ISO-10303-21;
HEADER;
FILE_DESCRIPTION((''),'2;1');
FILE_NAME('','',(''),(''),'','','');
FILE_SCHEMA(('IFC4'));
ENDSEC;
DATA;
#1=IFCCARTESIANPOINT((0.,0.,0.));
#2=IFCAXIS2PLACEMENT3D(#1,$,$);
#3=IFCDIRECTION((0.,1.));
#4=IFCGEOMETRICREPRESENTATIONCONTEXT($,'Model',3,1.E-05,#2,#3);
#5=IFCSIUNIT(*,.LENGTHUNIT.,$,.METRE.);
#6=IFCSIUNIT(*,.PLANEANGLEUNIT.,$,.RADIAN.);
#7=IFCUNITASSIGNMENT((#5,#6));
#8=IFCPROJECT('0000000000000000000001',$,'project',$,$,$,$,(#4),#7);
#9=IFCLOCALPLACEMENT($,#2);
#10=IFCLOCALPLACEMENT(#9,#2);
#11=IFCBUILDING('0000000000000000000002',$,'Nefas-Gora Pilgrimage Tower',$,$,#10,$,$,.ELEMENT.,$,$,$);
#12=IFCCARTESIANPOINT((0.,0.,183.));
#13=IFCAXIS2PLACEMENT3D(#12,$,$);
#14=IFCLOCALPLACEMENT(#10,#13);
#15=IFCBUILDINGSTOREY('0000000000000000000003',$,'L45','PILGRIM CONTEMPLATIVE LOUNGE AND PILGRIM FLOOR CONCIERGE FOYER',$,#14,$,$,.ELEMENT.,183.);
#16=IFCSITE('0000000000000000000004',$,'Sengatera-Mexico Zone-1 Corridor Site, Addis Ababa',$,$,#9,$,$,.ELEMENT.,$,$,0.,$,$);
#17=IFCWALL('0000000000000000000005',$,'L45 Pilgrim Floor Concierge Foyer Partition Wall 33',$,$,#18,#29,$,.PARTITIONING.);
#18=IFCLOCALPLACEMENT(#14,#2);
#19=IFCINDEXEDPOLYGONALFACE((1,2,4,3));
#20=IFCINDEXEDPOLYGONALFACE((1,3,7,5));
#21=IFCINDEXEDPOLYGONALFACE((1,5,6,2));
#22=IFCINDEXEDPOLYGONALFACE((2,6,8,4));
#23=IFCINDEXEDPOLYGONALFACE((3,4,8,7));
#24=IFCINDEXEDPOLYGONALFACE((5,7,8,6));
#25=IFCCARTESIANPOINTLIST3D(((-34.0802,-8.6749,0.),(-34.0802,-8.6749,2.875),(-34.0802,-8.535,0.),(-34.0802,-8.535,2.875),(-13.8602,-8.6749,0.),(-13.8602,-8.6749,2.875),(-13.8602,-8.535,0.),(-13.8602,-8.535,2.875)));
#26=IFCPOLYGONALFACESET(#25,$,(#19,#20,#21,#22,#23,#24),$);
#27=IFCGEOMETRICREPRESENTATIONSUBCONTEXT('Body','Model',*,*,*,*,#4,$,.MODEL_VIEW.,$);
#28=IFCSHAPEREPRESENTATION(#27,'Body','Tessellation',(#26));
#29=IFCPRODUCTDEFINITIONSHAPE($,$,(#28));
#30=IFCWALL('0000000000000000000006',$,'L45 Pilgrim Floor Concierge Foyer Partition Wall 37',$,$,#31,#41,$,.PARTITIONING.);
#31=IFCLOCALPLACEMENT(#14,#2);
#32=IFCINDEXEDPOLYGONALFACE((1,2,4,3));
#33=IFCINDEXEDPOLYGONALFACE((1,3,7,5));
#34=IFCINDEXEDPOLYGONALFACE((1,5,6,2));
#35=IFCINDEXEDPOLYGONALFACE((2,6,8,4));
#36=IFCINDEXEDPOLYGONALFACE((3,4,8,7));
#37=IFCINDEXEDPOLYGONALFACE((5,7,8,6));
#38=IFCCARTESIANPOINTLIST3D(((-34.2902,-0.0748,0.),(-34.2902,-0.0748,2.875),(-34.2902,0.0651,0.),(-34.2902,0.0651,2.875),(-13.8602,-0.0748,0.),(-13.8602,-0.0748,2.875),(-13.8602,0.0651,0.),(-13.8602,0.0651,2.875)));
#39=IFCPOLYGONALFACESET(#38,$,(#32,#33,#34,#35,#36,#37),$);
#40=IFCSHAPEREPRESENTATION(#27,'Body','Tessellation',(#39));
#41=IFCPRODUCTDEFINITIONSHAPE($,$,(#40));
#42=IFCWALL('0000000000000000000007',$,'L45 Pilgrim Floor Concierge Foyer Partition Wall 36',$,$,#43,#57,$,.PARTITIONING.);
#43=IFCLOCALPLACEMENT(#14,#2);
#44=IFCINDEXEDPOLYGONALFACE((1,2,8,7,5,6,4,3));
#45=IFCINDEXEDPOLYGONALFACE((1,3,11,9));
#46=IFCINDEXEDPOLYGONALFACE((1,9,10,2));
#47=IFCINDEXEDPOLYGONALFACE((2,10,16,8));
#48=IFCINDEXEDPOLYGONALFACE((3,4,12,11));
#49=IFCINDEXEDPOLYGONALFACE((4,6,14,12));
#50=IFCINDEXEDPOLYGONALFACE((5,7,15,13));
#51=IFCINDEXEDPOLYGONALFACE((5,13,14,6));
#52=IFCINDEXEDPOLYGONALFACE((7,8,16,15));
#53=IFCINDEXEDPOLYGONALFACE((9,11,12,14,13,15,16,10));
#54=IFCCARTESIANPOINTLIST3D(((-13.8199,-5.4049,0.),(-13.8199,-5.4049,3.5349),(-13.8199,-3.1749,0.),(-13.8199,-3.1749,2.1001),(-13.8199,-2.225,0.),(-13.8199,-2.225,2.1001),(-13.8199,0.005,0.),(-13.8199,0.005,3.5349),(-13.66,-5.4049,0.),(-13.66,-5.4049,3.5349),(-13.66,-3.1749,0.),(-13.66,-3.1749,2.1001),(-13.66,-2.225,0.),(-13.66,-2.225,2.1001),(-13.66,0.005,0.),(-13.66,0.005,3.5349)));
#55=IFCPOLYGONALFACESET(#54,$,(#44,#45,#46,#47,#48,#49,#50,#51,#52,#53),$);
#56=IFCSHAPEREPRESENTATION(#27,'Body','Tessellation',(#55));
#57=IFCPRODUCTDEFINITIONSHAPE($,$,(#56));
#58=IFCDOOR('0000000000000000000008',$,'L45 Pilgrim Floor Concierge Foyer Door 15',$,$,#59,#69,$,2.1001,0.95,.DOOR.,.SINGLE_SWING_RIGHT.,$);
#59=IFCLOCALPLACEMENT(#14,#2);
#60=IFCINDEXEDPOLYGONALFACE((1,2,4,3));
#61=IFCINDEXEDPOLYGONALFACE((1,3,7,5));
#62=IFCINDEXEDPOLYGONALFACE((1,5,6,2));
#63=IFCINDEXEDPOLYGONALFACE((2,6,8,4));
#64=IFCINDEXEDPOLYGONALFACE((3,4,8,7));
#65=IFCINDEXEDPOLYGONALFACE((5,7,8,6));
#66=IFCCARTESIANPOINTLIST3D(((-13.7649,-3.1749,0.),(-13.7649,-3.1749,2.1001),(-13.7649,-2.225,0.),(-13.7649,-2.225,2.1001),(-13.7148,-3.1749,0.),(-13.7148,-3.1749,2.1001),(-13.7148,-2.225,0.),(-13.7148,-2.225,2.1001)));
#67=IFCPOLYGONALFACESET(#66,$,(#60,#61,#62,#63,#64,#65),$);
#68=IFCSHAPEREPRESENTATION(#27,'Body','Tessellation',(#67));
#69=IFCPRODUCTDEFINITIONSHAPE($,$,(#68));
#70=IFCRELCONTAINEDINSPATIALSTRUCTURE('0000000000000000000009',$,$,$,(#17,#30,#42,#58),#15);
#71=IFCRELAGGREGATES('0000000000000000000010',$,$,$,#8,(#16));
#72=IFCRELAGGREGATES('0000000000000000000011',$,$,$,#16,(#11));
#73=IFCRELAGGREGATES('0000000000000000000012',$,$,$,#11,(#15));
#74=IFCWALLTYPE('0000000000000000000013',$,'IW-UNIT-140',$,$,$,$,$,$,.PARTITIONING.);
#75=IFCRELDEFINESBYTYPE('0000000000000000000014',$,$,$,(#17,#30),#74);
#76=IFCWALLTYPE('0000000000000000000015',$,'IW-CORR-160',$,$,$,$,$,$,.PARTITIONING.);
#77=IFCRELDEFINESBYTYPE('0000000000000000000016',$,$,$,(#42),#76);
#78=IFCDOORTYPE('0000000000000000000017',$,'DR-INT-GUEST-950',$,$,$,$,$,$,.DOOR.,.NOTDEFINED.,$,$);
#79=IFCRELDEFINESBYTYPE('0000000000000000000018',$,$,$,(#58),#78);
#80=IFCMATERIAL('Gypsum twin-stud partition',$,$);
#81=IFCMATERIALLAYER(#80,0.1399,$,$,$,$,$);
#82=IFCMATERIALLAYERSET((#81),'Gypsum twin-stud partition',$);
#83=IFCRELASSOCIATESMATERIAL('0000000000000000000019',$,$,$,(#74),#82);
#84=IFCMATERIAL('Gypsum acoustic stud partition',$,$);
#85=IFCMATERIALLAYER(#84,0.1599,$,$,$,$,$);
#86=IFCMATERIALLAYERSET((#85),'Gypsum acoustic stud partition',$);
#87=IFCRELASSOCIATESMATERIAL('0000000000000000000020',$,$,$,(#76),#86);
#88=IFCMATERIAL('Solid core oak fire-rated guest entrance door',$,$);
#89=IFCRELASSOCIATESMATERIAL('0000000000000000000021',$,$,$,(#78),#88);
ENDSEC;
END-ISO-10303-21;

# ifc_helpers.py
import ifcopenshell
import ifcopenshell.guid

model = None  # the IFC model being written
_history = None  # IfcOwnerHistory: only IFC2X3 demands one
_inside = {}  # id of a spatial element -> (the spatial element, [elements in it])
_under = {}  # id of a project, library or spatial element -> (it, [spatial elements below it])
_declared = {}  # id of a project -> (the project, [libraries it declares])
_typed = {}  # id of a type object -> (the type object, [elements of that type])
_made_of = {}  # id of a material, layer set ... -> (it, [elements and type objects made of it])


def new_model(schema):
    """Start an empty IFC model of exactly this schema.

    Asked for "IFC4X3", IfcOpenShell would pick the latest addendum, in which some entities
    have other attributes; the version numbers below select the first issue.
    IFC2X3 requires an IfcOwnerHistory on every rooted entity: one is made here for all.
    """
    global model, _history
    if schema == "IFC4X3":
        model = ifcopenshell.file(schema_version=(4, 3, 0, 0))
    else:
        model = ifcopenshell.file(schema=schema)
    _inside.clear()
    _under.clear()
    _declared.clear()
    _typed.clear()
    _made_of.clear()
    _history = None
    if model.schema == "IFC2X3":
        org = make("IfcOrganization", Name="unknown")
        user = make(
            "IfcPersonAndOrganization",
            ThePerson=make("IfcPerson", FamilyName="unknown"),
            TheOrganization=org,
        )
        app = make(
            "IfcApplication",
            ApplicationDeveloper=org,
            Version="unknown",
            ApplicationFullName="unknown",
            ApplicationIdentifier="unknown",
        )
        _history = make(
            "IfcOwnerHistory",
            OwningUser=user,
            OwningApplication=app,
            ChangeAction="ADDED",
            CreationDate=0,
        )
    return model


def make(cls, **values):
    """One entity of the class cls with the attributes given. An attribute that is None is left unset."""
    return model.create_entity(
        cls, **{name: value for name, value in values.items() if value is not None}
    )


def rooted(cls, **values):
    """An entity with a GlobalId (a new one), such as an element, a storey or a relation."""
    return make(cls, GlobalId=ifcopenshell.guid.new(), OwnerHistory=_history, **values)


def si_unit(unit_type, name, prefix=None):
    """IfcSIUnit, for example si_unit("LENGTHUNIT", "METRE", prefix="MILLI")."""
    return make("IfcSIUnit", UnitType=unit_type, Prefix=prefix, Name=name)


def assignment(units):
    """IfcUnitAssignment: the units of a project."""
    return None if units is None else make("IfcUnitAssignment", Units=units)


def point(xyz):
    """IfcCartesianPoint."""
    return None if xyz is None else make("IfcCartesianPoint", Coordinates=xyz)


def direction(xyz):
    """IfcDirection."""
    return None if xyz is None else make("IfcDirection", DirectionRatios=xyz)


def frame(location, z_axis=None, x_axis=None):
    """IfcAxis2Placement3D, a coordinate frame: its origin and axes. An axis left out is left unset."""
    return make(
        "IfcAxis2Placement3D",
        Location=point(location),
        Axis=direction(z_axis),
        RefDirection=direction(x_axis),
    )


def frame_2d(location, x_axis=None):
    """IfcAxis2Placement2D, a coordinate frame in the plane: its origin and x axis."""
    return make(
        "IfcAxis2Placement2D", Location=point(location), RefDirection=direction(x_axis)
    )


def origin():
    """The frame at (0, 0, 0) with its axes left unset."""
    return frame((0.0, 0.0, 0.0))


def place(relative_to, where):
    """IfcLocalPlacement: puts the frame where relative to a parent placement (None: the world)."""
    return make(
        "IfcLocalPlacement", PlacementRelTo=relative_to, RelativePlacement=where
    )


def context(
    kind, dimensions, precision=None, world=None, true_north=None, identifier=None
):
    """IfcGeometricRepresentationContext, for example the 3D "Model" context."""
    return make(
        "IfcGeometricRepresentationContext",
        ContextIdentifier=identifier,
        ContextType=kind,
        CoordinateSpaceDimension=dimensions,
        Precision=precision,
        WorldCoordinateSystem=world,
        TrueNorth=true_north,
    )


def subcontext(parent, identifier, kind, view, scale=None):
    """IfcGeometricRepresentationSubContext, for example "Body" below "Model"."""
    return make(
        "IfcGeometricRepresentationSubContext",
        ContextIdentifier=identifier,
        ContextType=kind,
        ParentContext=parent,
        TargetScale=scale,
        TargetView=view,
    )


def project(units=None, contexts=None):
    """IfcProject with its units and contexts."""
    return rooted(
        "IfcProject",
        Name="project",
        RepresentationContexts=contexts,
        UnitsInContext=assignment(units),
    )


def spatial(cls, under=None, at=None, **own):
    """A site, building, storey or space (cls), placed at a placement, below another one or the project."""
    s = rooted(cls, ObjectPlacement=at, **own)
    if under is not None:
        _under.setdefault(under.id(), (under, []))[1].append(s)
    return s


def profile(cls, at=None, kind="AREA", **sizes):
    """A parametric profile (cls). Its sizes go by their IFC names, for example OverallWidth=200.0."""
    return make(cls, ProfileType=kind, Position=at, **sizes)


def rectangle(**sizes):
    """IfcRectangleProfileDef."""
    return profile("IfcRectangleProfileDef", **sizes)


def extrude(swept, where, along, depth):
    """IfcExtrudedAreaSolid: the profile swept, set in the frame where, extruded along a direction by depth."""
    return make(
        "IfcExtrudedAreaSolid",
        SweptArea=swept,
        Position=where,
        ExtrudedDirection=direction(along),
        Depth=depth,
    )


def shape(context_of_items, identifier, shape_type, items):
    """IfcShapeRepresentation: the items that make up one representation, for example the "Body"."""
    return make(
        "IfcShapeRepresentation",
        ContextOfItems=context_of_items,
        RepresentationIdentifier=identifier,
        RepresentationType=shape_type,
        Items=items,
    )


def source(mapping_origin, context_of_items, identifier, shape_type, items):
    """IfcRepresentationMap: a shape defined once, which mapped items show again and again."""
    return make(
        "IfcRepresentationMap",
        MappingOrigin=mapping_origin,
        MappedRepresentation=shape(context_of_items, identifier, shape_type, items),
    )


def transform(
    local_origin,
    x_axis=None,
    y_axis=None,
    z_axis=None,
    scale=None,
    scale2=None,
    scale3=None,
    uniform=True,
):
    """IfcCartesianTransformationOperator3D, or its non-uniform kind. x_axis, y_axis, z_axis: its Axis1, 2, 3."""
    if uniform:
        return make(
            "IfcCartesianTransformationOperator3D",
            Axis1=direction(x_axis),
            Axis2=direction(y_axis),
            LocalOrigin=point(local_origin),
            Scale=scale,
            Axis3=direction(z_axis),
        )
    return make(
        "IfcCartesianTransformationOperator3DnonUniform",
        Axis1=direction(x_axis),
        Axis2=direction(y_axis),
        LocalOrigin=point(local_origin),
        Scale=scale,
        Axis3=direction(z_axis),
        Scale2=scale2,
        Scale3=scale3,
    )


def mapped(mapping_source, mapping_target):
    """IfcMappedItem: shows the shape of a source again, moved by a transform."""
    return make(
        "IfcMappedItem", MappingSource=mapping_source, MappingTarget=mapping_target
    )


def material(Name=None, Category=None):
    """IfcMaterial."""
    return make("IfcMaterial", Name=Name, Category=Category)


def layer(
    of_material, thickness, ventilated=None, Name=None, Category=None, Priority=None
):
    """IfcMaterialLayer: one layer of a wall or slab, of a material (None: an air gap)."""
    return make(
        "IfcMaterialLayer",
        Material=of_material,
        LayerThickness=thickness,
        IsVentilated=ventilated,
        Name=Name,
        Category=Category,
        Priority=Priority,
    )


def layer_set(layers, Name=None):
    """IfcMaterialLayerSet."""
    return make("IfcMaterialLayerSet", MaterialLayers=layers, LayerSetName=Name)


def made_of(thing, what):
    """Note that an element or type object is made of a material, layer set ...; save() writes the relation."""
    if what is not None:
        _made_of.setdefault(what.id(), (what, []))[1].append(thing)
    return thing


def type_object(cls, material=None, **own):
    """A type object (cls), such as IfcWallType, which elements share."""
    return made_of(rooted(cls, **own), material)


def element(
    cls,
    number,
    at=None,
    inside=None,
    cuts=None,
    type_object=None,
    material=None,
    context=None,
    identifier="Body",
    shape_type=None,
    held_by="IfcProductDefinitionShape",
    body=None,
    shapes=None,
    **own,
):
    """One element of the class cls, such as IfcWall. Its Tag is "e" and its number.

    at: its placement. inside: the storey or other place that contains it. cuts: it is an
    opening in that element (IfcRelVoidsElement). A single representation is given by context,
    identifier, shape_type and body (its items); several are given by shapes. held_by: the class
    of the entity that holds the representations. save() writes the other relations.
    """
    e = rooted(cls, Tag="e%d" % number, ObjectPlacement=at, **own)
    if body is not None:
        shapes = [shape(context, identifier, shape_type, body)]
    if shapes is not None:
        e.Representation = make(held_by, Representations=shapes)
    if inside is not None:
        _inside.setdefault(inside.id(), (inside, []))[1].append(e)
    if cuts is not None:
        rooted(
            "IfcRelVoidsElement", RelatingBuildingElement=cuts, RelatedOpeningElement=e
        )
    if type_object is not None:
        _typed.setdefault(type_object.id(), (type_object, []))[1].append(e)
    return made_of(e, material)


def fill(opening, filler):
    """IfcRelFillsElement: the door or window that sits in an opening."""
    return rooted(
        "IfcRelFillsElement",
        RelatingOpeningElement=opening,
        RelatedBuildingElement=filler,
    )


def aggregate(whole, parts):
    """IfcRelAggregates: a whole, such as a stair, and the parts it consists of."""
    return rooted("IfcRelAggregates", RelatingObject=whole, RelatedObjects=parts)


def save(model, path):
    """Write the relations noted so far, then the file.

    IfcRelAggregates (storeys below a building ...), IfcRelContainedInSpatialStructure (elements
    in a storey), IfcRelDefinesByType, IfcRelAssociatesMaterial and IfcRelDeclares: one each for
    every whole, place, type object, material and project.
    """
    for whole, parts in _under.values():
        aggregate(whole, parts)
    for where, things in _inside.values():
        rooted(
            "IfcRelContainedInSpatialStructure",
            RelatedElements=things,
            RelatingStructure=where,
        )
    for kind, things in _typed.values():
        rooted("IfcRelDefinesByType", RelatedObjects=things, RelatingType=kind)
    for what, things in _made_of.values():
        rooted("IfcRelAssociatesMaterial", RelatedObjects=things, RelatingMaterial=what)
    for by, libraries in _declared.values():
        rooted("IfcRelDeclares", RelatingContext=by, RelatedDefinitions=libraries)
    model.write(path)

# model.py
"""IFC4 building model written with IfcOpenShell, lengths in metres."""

from ifc_helpers import new_model, si_unit, direction, frame, frame_2d, origin, place, context, subcontext, project, spatial, rectangle, extrude, source, transform, mapped, material, layer, layer_set, type_object, element, fill, save


model = new_model("IFC4")

# Units and contexts
model_context = context("Model", 3, precision=1e-05, world=origin(), true_north=direction((0.0, 1.0)))
body_context = subcontext(model_context, "Body", "Model", "MODEL_VIEW")
ifc_project = project(units=[si_unit("LENGTHUNIT", "METRE"), si_unit("PLANEANGLEUNIT", "RADIAN")], contexts=[model_context])

# Site, building, storey
site_placement = place(None, origin())
site = spatial("IfcSite", under=ifc_project, at=site_placement, Name="Sengatera-Mexico Zone-1 Corridor Site, Addis Ababa", CompositionType="ELEMENT", RefElevation=0.0)
building_placement = place(site_placement, origin())
building = spatial("IfcBuilding", under=site, at=building_placement, Name="Nefas-Gora Pilgrimage Tower", CompositionType="ELEMENT")
storey_placement = place(building_placement, frame((0.0, 0.0, 183.0)))
storey = spatial("IfcBuildingStorey", under=building, at=storey_placement, Name="L45", Description="PILGRIM CONTEMPLATIVE LOUNGE AND PILGRIM FLOOR CONCIERGE FOYER", CompositionType="ELEMENT", Elevation=183.0)

# Shared definitions
ifc_material_1 = material(Name="Gypsum twin-stud partition")
ifc_layer_1 = layer(ifc_material_1, 0.1399)
ifc_layer_set_1 = layer_set([ifc_layer_1], Name="Gypsum twin-stud partition")
wall_type_1 = type_object("IfcWallType", Name="IW-UNIT-140", PredefinedType="PARTITIONING", material=ifc_layer_set_1)

# Shared definitions
ifc_material_2 = material(Name="Gypsum acoustic stud partition")
ifc_layer_2 = layer(ifc_material_2, 0.1599)
ifc_layer_set_2 = layer_set([ifc_layer_2], Name="Gypsum acoustic stud partition")
wall_type_2 = type_object("IfcWallType", Name="IW-CORR-160", PredefinedType="PARTITIONING", material=ifc_layer_set_2)
ifc_material_3 = material(Name="Solid core oak fire-rated guest entrance door")
door_type = type_object("IfcDoorType", Name="DR-INT-GUEST-950", OperationType="NOTDEFINED", PredefinedType="DOOR", material=ifc_material_3)
shared_shape_1 = source(origin(), body_context, "Body", "SweptSolid", [
    extrude(rectangle(XDim=0.95, YDim=2.1001, at=frame_2d((0.4751, 1.05))), frame((0.0, 0.0249, 0.0), z_axis=(0.0, -1.0, 0.0), x_axis=(1.0, 0.0, 0.0)), (0.0, 0.0, 1.0), 0.05),
])

# Walls
shared_shape_2 = source(origin(), body_context, "Body", "SweptSolid", [
    extrude(rectangle(XDim=20.22, YDim=0.1399, at=frame_2d((10.1099, 0.0))), origin(), (0.0, 0.0, 1.0), 2.875),
])
wall_1_placement = place(storey_placement, frame((-34.0801, -8.605, 0.0), z_axis=(0.0, 0.0, 1.0), x_axis=(1.0, 0.0, 0.0)))
element("IfcWall", 1, at=wall_1_placement, inside=storey, type_object=wall_type_1, Name="L45 Pilgrim Floor Concierge Foyer Partition Wall 33", PredefinedType="PARTITIONING", context=body_context, shape_type="MappedRepresentation", body=[
    mapped(shared_shape_2, transform((0.0, 0.0, 0.0), x_axis=(1.0, 0.0, 0.0), y_axis=(0.0, 1.0, 0.0), z_axis=(0.0, 0.0, 1.0), scale=1.0)),
])
shared_shape_3 = source(origin(), body_context, "Body", "SweptSolid", [
    extrude(rectangle(XDim=20.4299, YDim=0.1399, at=frame_2d((10.2148, 0.0))), origin(), (0.0, 0.0, 1.0), 2.875),
])
wall_2_placement = place(storey_placement, frame((-34.29, -0.0049, 0.0), z_axis=(0.0, 0.0, 1.0), x_axis=(1.0, 0.0, 0.0)))
element("IfcWall", 2, at=wall_2_placement, inside=storey, type_object=wall_type_1, Name="L45 Pilgrim Floor Concierge Foyer Partition Wall 37", PredefinedType="PARTITIONING", context=body_context, shape_type="MappedRepresentation", body=[
    mapped(shared_shape_3, transform((0.0, 0.0, 0.0), x_axis=(1.0, 0.0, 0.0), y_axis=(0.0, 1.0, 0.0), z_axis=(0.0, 0.0, 1.0), scale=1.0)),
])

# Wall, opening, door
shared_shape_4 = source(origin(), body_context, "Body", "SweptSolid", [
    extrude(rectangle(XDim=5.4099, YDim=0.1599, at=frame_2d((2.7051, 0.0))), origin(), (0.0, 0.0, 1.0), 3.5349),
])
wall_3_placement = place(storey_placement, frame((-13.74, -5.405, 0.0), z_axis=(0.0, 0.0, 1.0), x_axis=(0.0, 1.0, 0.0)))
wall_3 = element("IfcWall", 3, at=wall_3_placement, inside=storey, type_object=wall_type_2, Name="L45 Pilgrim Floor Concierge Foyer Partition Wall 36", PredefinedType="PARTITIONING", context=body_context, shape_type="MappedRepresentation", body=[
    mapped(shared_shape_4, transform((0.0, 0.0, 0.0), x_axis=(1.0, 0.0, 0.0), y_axis=(0.0, 1.0, 0.0), z_axis=(0.0, 0.0, 1.0), scale=1.0)),
])
opening_1_placement = place(wall_3_placement, frame((2.23, 0.0, 0.0)))
opening_1 = element("IfcOpeningElement", 4, at=opening_1_placement, cuts=wall_3, PredefinedType="OPENING", context=body_context, shape_type="SweptSolid", body=[
    extrude(rectangle(XDim=0.95, YDim=2.1001, at=frame_2d((0.4751, 1.05))), frame((0.0, 0.0898, 0.0), z_axis=(0.0, -1.0, 0.0), x_axis=(1.0, 0.0, 0.0)), (0.0, 0.0, 1.0), 0.1799),
])
door_1_placement = place(opening_1_placement, origin())
door_1 = element("IfcDoor", 5, at=door_1_placement, inside=storey, type_object=door_type, Name="L45 Pilgrim Floor Concierge Foyer Door 15", OperationType="SINGLE_SWING_RIGHT", OverallHeight=2.1001, OverallWidth=0.95, PredefinedType="DOOR", context=body_context, shape_type="MappedRepresentation", body=[
    mapped(shared_shape_1, transform((0.0, 0.0, 0.0), x_axis=(1.0, 0.0, 0.0), y_axis=(0.0, 1.0, 0.0), z_axis=(0.0, 0.0, 1.0), scale=1.0)),
])
fill(opening_1, door_1)

save(model, "model.ifc")
